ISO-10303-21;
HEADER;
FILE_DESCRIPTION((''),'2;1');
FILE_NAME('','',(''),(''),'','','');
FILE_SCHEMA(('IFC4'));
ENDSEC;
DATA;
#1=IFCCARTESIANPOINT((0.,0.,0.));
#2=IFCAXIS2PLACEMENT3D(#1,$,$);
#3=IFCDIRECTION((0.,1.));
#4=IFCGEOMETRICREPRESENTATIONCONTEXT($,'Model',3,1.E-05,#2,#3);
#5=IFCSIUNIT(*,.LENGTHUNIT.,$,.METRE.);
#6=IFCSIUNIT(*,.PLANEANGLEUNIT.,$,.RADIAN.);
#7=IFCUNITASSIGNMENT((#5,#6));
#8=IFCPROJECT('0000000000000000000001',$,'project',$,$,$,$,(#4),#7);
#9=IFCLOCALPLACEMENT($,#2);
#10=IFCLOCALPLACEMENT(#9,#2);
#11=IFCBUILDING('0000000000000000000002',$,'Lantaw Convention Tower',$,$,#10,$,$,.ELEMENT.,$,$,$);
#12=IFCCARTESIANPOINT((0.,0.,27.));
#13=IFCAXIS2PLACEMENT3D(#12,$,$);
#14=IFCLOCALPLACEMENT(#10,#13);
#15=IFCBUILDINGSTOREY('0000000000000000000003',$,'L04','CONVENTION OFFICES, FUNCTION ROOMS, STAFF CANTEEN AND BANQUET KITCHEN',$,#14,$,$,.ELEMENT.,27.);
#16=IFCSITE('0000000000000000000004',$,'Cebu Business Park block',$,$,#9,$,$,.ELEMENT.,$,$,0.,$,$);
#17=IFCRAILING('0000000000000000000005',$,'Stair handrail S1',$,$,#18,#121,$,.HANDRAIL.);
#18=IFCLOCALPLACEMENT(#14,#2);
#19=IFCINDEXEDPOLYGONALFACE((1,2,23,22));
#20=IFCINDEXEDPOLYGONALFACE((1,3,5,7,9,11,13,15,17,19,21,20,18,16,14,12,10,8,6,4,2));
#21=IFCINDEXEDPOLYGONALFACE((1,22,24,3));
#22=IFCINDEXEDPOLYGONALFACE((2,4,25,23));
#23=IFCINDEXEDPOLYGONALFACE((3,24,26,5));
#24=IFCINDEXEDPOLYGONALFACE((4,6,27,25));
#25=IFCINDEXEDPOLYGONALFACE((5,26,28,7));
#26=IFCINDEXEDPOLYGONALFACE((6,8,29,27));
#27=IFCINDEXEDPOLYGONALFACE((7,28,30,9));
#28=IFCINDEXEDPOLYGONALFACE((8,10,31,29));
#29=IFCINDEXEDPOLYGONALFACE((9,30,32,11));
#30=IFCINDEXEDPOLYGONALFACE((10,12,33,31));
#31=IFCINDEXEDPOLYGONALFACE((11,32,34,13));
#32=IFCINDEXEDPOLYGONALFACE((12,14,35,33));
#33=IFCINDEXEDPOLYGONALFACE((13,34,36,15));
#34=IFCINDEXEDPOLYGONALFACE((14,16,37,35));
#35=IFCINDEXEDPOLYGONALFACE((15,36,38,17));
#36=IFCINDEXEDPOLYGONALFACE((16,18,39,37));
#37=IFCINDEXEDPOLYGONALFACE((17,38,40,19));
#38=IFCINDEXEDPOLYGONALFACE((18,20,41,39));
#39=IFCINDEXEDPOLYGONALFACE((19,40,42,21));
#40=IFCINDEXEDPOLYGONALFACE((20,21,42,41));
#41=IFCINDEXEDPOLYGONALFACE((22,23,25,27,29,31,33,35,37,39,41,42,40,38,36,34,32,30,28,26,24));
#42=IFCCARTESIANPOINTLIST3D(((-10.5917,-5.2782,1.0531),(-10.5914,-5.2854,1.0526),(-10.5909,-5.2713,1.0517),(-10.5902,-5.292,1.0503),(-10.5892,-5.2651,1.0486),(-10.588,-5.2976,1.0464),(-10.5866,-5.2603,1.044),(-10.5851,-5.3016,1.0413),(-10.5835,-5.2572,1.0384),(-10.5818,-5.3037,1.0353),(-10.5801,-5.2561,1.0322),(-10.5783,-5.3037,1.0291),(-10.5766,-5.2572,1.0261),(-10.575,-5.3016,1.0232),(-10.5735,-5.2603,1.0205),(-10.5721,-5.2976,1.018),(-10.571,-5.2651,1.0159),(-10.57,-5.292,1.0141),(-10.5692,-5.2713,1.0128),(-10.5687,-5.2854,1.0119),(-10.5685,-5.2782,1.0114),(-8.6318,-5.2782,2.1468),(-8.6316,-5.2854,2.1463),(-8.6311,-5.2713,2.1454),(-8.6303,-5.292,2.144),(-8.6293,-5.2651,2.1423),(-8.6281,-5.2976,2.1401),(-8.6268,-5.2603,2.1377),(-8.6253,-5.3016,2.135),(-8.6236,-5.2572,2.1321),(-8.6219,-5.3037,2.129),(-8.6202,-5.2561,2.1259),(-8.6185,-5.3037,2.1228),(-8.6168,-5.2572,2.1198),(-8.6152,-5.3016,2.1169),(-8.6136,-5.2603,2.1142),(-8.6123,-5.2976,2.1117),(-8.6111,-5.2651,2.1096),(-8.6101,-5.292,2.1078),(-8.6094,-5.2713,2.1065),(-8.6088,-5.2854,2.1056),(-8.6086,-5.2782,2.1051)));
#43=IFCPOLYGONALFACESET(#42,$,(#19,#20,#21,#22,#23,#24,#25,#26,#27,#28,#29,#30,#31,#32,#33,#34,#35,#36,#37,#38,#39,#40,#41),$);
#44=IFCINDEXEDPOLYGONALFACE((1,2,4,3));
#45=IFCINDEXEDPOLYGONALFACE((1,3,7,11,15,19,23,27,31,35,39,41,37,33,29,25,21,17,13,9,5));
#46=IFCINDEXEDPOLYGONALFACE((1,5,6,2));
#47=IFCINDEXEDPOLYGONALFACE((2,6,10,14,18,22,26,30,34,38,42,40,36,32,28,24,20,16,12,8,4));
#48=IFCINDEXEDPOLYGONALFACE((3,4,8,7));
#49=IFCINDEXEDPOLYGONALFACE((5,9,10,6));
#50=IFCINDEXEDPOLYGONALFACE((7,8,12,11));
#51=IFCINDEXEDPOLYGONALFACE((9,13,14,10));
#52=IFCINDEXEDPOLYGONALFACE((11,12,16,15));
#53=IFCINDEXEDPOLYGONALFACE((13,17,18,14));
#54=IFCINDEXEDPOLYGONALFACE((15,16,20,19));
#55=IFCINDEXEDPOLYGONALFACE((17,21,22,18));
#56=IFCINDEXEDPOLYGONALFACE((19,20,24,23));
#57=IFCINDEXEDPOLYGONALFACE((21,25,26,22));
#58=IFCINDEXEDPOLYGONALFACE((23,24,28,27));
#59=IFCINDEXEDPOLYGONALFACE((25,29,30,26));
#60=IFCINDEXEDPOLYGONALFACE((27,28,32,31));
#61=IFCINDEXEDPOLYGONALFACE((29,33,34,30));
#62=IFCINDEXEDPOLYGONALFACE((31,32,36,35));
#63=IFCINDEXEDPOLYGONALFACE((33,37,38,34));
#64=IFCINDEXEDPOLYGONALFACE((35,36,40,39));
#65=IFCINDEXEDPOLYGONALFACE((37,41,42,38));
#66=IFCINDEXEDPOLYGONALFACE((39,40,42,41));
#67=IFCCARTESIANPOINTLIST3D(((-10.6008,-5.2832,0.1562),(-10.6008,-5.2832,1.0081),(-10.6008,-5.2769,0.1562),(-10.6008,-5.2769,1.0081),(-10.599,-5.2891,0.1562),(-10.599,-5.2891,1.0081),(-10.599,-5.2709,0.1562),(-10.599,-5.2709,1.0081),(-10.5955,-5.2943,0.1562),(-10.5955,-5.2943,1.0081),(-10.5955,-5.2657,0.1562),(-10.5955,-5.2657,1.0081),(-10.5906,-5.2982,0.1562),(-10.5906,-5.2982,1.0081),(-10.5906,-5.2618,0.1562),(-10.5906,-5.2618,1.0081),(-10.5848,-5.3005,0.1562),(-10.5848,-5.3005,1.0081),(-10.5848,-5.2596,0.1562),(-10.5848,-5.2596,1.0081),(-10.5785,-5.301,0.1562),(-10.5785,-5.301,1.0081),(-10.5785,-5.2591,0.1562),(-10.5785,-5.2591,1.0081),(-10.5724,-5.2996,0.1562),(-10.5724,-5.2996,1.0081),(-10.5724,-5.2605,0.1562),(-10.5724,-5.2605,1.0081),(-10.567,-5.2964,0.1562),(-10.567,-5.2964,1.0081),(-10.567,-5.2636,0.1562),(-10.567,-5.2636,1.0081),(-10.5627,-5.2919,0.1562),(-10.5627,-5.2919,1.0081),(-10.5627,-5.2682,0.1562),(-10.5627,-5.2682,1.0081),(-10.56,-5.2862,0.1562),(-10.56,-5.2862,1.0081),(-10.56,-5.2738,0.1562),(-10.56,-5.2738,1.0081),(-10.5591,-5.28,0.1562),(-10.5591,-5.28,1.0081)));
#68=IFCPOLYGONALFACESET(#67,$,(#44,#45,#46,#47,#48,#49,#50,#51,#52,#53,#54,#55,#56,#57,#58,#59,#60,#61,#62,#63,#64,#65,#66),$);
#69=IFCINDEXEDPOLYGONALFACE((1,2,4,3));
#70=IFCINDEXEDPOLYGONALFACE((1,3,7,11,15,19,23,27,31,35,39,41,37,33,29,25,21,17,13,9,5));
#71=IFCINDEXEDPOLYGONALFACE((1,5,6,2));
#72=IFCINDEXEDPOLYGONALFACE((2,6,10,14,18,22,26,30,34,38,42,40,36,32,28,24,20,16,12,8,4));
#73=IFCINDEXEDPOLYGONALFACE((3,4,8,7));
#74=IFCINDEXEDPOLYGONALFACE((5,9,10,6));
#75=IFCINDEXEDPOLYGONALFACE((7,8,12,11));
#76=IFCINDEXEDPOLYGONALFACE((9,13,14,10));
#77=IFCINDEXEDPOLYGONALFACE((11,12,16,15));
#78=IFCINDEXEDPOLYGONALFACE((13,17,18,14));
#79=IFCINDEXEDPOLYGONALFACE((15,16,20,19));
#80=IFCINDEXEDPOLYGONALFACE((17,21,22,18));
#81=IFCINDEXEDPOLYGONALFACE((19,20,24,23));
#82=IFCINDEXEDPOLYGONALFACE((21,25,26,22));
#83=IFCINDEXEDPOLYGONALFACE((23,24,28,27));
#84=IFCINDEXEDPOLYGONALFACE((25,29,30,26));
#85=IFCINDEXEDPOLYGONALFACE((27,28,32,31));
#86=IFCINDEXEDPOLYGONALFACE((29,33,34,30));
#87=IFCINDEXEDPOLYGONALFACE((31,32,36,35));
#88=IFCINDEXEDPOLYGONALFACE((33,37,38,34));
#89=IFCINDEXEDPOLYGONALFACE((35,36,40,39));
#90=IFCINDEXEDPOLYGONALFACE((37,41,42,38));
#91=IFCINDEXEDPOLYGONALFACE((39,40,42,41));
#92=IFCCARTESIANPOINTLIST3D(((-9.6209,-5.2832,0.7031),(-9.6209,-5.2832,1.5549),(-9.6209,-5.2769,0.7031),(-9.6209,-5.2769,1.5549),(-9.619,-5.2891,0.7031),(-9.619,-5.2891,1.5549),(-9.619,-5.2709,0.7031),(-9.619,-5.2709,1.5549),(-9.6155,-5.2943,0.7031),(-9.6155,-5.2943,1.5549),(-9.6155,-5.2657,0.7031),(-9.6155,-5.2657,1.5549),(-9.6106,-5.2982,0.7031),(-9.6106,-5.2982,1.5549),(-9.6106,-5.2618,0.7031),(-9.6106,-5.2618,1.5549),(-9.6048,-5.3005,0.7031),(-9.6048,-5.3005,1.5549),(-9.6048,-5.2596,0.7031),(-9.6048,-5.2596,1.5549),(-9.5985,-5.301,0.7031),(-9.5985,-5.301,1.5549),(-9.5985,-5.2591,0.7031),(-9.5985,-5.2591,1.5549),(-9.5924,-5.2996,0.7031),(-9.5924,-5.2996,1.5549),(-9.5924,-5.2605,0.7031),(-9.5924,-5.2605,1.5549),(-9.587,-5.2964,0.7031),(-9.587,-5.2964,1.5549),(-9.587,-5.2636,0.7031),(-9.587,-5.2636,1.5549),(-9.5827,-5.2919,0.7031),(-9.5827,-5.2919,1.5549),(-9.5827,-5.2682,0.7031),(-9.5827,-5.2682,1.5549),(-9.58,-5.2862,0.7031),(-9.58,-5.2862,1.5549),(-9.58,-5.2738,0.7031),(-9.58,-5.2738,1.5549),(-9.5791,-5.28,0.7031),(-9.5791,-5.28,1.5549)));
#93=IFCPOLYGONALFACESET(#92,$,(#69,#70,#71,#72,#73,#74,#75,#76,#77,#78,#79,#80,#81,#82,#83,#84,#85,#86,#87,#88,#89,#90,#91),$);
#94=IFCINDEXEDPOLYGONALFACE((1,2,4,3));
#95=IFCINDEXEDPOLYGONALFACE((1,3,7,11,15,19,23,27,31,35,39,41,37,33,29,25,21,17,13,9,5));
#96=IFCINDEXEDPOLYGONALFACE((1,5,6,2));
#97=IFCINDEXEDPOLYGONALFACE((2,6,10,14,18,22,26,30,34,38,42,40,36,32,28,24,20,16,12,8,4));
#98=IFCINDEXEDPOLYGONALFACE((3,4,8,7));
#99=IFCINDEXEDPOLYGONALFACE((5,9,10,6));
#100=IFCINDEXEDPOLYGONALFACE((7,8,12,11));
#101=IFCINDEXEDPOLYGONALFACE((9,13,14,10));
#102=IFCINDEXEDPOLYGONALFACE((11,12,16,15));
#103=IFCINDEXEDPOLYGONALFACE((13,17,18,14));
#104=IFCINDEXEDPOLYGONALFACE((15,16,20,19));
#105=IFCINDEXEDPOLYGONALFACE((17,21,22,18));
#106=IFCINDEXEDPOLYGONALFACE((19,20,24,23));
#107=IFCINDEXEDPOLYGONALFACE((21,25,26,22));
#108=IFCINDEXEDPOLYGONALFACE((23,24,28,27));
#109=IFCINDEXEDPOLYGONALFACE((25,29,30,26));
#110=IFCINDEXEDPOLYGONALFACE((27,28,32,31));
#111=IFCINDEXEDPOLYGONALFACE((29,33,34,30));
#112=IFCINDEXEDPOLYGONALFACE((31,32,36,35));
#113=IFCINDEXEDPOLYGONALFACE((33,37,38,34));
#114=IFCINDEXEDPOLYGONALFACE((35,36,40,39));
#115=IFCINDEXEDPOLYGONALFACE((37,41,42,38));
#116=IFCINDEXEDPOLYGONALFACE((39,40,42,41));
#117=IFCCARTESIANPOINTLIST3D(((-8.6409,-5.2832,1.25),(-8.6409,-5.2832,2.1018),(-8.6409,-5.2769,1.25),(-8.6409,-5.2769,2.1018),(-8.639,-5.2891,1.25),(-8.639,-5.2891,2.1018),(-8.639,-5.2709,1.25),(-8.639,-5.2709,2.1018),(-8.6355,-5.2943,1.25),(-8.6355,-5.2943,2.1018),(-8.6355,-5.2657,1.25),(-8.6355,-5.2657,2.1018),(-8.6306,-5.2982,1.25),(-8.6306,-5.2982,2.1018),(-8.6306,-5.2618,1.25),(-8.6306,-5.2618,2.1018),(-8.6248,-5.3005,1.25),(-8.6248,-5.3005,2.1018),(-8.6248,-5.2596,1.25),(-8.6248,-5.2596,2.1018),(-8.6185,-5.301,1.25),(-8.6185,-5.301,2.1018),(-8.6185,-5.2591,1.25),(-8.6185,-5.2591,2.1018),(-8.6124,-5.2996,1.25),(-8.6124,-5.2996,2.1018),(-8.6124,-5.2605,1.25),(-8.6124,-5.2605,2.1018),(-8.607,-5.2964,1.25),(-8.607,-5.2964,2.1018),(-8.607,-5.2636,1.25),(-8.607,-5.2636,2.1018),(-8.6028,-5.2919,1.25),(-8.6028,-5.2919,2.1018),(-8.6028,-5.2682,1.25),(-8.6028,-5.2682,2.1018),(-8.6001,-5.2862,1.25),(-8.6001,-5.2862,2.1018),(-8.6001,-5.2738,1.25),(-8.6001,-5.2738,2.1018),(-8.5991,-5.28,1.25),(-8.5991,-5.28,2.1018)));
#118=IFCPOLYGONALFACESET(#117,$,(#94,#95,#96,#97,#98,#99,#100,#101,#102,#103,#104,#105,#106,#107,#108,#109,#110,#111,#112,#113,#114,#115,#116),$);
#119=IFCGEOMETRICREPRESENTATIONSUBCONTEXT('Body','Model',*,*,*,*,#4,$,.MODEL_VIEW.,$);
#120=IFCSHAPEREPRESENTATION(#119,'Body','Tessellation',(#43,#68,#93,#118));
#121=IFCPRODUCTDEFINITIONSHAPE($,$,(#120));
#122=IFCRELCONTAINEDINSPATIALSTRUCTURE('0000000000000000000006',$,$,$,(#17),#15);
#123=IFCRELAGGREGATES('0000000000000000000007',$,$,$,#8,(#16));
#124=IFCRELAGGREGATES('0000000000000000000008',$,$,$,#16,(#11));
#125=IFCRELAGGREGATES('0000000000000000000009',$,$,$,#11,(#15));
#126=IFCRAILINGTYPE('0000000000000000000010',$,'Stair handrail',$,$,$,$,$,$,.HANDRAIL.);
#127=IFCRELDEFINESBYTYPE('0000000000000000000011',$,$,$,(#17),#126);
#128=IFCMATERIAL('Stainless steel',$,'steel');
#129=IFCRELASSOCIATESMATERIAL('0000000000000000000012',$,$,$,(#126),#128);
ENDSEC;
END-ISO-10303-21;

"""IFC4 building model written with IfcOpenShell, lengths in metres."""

from ifc_helpers import new_model, si_unit, direction, frame, origin, origin_2d, place, context, subcontext, project, spatial, circle, extrude, material, type_object, element, save


model = new_model("IFC4")

# Units and contexts
model_context = context("Model", 3, precision=1e-05, world=origin(), true_north=direction((0.0, 1.0)))
body_context = subcontext(model_context, "Body", "Model", "MODEL_VIEW")
ifc_project = project(units=[si_unit("LENGTHUNIT", "METRE"), si_unit("PLANEANGLEUNIT", "RADIAN")], contexts=[model_context])

# Site, building, storey
site_placement = place(None, origin())
site = spatial("IfcSite", under=ifc_project, at=site_placement, Name="Cebu Business Park block", CompositionType="ELEMENT", RefElevation=0.0)
building_placement = place(site_placement, origin())
building = spatial("IfcBuilding", under=site, at=building_placement, Name="Lantaw Convention Tower", CompositionType="ELEMENT")
storey_placement = place(building_placement, frame((0.0, 0.0, 27.0)))
storey = spatial("IfcBuildingStorey", under=building, at=storey_placement, Name="L04", Description="CONVENTION OFFICES, FUNCTION ROOMS, STAFF CANTEEN AND BANQUET KITCHEN", CompositionType="ELEMENT", Elevation=27.0)

# Railing
ifc_material_1 = material(Name="Stainless steel", Category="steel")
railing_type = type_object("IfcRailingType", Name="Stair handrail", PredefinedType="HANDRAIL", material=ifc_material_1)
railing_1_placement = place(storey_placement, frame((-10.5801, -5.28, 0.1562)))
element("IfcRailing", 1, at=railing_1_placement, inside=storey, type_object=railing_type, Name="Stair handrail S1", PredefinedType="HANDRAIL", context=body_context, shape_type="SweptSolid", body=[
    extrude(circle(Radius=0.0239, at=origin_2d()), frame((0.0, 0.0, 0.876), z_axis=(0.873232, 0.0, 0.487304), x_axis=(0.0, 1.0, 0.0)), (0.0, 0.0, 1.0), 2.2444),
    extrude(circle(Radius=0.021, at=origin_2d()), origin(), (0.0, 0.0, 1.0), 0.8518),
    extrude(circle(Radius=0.021, at=origin_2d()), frame((0.98, 0.0, 0.5469)), (0.0, 0.0, 1.0), 0.8518),
    extrude(circle(Radius=0.021, at=origin_2d()), frame((1.96, 0.0, 1.0938)), (0.0, 0.0, 1.0), 0.8518),
])

save(model, "model.ifc")
